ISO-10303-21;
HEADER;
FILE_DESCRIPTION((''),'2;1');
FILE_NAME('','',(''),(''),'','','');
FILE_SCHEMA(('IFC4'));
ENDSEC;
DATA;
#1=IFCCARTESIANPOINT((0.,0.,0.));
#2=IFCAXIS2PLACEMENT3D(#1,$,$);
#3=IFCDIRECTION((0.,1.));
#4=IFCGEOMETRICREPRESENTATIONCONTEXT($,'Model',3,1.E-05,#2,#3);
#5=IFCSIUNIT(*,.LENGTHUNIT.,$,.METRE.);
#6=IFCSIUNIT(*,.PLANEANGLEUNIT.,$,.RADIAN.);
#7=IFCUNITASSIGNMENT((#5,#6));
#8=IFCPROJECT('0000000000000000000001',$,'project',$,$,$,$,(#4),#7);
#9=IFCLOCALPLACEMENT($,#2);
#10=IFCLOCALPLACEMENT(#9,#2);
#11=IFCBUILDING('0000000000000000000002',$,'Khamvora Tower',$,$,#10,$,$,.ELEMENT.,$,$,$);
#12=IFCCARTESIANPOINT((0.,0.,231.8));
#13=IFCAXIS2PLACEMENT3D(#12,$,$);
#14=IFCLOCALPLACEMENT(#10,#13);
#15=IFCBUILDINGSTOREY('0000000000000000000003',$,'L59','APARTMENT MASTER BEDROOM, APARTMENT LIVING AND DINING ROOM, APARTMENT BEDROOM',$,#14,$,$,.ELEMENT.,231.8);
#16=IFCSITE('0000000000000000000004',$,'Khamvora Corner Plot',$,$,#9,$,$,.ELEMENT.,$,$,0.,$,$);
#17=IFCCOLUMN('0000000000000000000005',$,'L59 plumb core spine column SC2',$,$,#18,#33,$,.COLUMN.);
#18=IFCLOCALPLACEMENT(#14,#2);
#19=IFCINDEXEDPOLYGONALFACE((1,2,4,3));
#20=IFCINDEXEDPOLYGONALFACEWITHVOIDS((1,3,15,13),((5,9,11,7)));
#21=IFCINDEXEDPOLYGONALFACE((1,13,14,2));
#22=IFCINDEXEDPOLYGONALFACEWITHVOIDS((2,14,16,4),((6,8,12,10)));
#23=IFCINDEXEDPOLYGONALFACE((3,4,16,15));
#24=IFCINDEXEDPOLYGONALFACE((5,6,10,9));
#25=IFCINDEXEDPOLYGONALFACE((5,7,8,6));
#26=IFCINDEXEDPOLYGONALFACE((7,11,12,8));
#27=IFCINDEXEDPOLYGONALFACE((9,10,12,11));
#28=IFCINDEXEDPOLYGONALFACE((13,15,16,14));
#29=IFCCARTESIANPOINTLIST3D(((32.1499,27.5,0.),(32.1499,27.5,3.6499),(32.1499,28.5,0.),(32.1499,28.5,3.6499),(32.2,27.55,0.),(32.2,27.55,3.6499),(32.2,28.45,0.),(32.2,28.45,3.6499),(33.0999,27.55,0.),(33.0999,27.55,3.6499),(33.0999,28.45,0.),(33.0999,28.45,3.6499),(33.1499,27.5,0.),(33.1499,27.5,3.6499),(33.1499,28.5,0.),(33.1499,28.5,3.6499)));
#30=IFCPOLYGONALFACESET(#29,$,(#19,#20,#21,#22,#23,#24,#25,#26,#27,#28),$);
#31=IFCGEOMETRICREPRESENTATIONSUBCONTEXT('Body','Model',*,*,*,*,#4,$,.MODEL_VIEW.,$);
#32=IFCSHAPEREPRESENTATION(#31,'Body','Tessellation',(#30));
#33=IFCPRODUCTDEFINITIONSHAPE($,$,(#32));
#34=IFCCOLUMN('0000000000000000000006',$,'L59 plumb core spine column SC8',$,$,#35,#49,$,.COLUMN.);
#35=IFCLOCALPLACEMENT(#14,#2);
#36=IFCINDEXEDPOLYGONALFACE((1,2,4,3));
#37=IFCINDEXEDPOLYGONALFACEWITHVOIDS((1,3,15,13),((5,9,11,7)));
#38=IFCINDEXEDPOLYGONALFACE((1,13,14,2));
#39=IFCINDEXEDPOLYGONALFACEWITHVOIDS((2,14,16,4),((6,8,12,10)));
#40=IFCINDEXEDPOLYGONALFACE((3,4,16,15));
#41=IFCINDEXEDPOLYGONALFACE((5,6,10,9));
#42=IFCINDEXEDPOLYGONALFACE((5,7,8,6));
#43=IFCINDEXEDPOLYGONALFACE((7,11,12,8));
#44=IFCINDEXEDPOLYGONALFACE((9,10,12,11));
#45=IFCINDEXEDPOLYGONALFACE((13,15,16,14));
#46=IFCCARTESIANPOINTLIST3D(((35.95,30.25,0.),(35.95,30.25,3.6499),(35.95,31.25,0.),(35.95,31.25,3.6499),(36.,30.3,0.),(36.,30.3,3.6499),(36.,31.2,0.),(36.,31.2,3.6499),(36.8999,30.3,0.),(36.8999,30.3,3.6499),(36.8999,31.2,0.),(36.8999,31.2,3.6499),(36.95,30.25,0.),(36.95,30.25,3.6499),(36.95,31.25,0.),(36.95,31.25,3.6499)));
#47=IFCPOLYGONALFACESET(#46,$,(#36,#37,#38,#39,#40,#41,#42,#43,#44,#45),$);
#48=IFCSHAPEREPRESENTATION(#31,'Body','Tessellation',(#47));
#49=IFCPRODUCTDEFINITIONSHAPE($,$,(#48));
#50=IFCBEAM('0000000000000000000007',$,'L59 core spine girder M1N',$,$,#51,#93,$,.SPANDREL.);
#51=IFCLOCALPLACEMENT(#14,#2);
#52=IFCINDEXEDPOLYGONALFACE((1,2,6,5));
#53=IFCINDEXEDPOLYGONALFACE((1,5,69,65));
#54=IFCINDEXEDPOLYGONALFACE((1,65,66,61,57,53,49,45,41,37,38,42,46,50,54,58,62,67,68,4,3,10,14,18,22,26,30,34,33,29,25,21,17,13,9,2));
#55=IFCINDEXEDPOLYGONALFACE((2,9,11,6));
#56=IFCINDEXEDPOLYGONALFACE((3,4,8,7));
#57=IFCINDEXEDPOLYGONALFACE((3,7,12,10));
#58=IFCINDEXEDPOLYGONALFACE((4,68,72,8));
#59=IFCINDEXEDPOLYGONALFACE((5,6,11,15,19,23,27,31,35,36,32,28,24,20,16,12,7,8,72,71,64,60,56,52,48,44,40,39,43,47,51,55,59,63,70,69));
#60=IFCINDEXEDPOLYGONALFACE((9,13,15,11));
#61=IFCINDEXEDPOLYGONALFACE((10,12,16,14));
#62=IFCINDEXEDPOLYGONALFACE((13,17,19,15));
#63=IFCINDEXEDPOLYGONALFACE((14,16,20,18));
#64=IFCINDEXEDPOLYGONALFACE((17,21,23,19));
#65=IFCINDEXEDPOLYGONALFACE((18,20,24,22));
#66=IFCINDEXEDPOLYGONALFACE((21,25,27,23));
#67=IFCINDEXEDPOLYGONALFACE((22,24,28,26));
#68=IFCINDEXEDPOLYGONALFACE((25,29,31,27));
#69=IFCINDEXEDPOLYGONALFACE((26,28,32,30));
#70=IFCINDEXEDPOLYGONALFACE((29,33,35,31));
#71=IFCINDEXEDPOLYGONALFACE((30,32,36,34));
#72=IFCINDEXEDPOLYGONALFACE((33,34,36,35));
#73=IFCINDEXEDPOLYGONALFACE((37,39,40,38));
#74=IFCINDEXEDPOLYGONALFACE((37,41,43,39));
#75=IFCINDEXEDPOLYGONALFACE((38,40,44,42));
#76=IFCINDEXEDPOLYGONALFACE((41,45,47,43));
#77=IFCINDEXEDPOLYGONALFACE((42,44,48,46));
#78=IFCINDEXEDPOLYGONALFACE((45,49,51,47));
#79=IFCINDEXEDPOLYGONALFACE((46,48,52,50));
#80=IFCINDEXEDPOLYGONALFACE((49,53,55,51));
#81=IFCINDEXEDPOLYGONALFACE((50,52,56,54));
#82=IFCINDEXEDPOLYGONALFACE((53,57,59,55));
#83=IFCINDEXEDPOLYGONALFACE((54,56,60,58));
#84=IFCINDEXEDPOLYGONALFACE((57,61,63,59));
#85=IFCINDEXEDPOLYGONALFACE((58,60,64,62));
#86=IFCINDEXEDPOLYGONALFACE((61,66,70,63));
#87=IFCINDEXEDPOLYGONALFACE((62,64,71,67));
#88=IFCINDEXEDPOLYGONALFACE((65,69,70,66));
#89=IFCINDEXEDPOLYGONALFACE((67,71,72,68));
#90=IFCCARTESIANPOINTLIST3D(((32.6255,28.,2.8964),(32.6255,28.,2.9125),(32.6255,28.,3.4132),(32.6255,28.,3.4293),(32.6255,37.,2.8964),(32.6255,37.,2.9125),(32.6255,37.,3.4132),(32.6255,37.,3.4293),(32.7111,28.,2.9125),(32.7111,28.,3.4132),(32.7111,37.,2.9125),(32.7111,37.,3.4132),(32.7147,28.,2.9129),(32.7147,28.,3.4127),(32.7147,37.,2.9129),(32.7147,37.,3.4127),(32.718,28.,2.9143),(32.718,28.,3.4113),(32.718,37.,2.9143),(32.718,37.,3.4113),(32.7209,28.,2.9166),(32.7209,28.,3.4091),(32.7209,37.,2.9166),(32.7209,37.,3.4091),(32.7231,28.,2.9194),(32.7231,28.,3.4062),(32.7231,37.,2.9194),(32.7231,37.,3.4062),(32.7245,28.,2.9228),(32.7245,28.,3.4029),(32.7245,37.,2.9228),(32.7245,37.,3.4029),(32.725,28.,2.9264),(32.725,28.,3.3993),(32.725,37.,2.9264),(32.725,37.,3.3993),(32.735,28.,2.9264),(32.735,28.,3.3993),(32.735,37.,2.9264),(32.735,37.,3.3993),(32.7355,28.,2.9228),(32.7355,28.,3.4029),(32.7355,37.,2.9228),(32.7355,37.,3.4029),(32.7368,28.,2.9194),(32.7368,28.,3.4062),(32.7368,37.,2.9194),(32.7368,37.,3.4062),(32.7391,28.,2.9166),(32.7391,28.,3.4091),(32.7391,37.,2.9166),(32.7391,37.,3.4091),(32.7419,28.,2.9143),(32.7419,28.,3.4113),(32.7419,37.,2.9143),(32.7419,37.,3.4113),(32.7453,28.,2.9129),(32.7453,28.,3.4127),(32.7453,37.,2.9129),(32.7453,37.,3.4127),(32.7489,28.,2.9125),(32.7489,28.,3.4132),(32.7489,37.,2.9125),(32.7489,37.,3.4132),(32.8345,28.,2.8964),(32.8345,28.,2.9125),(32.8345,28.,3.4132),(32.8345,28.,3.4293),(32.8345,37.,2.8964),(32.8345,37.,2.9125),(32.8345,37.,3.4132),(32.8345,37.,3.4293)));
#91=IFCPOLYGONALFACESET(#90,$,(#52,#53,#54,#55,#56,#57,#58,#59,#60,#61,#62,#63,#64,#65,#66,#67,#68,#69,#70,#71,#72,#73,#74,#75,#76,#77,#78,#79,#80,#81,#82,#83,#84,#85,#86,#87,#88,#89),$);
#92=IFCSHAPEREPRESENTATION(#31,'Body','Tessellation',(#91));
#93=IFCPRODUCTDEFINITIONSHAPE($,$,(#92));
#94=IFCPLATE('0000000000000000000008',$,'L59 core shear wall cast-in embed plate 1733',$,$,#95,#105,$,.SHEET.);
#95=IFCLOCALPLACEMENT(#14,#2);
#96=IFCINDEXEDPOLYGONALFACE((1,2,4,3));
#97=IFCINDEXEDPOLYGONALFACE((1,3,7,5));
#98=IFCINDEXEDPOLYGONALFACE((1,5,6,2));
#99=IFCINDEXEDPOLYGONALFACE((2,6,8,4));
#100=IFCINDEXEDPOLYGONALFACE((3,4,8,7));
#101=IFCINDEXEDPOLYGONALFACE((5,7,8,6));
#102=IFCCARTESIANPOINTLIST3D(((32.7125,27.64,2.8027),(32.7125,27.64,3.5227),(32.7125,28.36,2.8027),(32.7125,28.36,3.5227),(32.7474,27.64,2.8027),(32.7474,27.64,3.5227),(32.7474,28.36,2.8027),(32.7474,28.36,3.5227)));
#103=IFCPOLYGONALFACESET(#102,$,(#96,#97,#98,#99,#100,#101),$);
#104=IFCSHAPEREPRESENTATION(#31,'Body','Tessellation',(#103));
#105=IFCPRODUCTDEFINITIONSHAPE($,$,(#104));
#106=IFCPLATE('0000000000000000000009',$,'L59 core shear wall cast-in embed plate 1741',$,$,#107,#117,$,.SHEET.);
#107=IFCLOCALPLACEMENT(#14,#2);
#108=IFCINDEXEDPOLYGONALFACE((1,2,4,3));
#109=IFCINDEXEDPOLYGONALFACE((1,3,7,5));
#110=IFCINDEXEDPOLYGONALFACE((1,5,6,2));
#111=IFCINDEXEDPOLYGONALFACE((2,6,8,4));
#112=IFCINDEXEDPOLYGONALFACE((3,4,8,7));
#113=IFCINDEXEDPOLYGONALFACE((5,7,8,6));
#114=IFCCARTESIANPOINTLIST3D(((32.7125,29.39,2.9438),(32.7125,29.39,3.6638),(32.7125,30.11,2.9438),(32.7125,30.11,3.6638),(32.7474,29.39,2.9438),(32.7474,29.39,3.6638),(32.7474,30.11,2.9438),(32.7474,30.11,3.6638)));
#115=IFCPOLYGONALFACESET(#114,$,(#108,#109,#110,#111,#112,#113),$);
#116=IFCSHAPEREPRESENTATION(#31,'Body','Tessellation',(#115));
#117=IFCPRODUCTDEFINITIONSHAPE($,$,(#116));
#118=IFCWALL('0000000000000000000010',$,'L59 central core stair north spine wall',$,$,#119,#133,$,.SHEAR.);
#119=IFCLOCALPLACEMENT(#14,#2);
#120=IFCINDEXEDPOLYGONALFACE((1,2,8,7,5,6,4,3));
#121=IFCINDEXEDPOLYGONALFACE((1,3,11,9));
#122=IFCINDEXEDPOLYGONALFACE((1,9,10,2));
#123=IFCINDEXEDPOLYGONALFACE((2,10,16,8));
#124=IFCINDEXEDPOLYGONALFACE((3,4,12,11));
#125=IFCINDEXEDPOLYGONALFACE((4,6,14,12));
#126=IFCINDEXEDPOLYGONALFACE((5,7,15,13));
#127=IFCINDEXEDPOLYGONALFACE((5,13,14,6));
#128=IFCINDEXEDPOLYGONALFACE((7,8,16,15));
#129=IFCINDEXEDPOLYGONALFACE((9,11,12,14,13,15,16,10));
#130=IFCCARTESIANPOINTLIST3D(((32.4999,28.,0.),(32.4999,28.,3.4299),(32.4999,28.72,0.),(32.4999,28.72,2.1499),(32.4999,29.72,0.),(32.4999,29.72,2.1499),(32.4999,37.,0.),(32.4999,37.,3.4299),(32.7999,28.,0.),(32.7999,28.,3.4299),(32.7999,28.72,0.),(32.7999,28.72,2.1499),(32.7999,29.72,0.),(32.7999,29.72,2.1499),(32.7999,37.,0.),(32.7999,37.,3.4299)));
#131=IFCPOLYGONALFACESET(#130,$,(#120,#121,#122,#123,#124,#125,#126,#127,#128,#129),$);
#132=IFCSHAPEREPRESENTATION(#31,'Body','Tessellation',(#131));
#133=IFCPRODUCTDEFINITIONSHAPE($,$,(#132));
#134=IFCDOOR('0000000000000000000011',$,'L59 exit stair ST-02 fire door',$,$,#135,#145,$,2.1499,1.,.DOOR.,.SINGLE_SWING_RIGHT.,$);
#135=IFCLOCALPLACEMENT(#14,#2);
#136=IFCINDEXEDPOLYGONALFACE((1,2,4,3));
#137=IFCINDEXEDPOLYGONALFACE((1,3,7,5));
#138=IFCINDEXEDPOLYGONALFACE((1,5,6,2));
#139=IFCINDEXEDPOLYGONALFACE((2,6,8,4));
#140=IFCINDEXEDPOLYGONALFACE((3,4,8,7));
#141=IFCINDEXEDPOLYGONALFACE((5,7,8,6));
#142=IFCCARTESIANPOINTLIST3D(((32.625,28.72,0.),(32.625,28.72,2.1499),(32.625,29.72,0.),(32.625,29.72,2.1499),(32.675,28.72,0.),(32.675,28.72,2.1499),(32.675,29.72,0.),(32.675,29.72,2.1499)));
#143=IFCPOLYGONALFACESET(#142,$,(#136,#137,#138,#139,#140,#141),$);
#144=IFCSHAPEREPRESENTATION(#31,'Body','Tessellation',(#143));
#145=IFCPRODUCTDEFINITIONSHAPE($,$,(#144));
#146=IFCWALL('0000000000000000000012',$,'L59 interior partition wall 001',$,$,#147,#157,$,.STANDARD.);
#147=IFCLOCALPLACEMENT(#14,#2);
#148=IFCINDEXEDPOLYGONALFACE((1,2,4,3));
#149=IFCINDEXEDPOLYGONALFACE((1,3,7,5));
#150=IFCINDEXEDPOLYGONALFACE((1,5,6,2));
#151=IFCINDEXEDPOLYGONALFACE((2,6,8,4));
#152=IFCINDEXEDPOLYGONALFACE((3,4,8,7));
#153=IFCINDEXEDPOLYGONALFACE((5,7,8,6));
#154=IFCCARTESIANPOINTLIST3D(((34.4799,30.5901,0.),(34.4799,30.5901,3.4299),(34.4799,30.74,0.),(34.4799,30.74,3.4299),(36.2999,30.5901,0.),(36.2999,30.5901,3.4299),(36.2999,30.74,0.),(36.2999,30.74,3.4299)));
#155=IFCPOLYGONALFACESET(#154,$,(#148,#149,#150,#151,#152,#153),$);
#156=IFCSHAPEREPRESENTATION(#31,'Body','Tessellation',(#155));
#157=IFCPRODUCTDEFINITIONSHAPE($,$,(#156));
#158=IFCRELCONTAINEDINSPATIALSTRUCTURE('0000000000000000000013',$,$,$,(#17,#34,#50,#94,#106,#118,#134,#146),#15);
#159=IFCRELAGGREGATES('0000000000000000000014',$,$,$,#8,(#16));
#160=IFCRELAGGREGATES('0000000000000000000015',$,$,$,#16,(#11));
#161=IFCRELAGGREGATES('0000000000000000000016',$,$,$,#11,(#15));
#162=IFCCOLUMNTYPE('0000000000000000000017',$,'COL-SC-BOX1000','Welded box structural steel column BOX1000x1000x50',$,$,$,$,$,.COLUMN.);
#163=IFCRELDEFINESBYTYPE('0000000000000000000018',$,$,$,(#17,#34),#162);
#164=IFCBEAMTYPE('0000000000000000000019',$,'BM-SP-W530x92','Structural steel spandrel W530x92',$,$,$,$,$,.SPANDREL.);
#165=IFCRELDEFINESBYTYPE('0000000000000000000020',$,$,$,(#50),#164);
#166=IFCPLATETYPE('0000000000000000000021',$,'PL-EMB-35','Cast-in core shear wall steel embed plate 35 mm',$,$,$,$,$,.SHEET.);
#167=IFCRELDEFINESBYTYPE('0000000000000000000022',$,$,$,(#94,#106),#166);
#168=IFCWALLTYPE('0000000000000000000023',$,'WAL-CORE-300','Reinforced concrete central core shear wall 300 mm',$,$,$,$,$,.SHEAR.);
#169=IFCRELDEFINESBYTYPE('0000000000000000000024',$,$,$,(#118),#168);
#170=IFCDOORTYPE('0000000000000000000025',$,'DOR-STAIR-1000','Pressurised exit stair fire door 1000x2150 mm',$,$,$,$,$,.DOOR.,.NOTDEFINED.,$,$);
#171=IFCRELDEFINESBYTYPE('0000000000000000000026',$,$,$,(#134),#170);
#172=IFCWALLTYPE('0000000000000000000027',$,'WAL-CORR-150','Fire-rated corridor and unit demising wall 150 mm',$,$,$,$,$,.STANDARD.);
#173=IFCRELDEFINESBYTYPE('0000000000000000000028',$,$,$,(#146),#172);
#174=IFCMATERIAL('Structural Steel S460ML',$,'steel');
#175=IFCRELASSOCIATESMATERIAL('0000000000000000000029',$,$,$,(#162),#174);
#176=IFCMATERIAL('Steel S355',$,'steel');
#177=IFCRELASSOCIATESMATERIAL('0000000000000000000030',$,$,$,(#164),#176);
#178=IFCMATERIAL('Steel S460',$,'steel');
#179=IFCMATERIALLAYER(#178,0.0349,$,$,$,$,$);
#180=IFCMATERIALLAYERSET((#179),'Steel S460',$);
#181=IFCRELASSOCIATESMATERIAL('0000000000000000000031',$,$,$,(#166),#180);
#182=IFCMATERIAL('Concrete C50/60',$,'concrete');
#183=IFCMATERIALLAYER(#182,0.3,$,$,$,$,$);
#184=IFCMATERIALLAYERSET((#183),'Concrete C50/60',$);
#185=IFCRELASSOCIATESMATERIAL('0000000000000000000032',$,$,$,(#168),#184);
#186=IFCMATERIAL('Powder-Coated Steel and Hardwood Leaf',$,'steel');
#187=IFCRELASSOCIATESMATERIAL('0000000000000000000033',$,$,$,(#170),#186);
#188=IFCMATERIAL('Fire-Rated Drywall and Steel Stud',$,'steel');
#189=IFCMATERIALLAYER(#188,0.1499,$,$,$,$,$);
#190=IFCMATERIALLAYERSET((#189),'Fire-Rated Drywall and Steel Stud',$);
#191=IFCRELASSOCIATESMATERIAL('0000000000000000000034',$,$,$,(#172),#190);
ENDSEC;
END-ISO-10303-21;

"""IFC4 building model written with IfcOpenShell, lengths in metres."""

from ifc_helpers import new_model, si_unit, direction, frame, frame_2d, origin, origin_2d, place, context, subcontext, project, spatial, rectangle, hollow_rectangle, i_section, extrude, material, layer, layer_set, material_profile, profile_set, type_object, element, fill, save


model = new_model("IFC4")

# Units and contexts
model_context = context("Model", 3, precision=1e-05, world=origin(), true_north=direction((0.0, 1.0)))
body_context = subcontext(model_context, "Body", "Model", "MODEL_VIEW")
ifc_project = project(units=[si_unit("LENGTHUNIT", "METRE"), si_unit("PLANEANGLEUNIT", "RADIAN")], contexts=[model_context])

# Site, building, storey
site_placement = place(None, origin())
site = spatial("IfcSite", under=ifc_project, at=site_placement, Name="Khamvora Corner Plot", CompositionType="ELEMENT", RefElevation=0.0)
building_placement = place(site_placement, origin())
building = spatial("IfcBuilding", under=site, at=building_placement, Name="Khamvora Tower", CompositionType="ELEMENT")
storey_placement = place(building_placement, frame((0.0, 0.0, 231.8)))
storey = spatial("IfcBuildingStorey", under=building, at=storey_placement, Name="L59", Description="APARTMENT MASTER BEDROOM, APARTMENT LIVING AND DINING ROOM, APARTMENT BEDROOM", CompositionType="ELEMENT", Elevation=231.8)

# Columns
ifc_material_1 = material(Name="Structural Steel S460ML", Category="steel")
ifc_material_profile_1 = material_profile(ifc_material_1, hollow_rectangle(XDim=1.0, YDim=1.0, WallThickness=0.05, at=origin_2d()), Name="BOX1000x1000x50")
ifc_profile_set_1 = profile_set([ifc_material_profile_1], Name="Structural Steel S460ML")
column_type = type_object("IfcColumnType", Name="COL-SC-BOX1000", Description="Welded box structural steel column BOX1000x1000x50", PredefinedType="COLUMN", material=ifc_profile_set_1)
for number, where, z_axis, x_axis, name in (
    (1, (32.6499, 28.0, 0.0), (0.0, 0.0, 1.0), (1.0, 0.0, 0.0), "L59 plumb core spine column SC2"),
    (2, (36.45, 30.75, 0.0), (0.0, 0.0, 1.0), (1.0, 0.0, 0.0), "L59 plumb core spine column SC8"),
):
    element("IfcColumn", number, at=place(storey_placement, frame(where, z_axis=z_axis, x_axis=x_axis)), inside=storey, type_object=column_type, Name=name, PredefinedType="COLUMN", context=body_context, shape_type="SweptSolid", body=[
        extrude(hollow_rectangle(XDim=1.0, YDim=1.0, WallThickness=0.05, at=origin_2d()), origin(), (0.0, 0.0, 1.0), 3.6499),
    ])

# Beam
ifc_material_2 = material(Name="Steel S355", Category="steel")
ifc_material_profile_2 = material_profile(ifc_material_2, i_section(OverallWidth=0.209, OverallDepth=0.533, WebThickness=0.01, FlangeThickness=0.0161, FilletRadius=0.0139, at=origin_2d()), Name="W530x92")
ifc_profile_set_2 = profile_set([ifc_material_profile_2], Name="Steel S355")
beam_type = type_object("IfcBeamType", Name="BM-SP-W530x92", Description="Structural steel spandrel W530x92", PredefinedType="SPANDREL", material=ifc_profile_set_2)
beam_placement = place(storey_placement, frame((32.73, 28.0, 3.1628), z_axis=(0.0, 1.0, 0.0), x_axis=(-1.0, 0.0, 0.0)))
element("IfcBeam", 3, at=beam_placement, inside=storey, type_object=beam_type, Name="L59 core spine girder M1N", PredefinedType="SPANDREL", context=body_context, shape_type="SweptSolid", body=[
    extrude(i_section(OverallWidth=0.209, OverallDepth=0.533, WebThickness=0.01, FlangeThickness=0.0161, FilletRadius=0.0139, at=origin_2d()), origin(), (0.0, 0.0, 1.0), 9.0),
])

# Plates
ifc_material_3 = material(Name="Steel S460", Category="steel")
ifc_layer_1 = layer(ifc_material_3, 0.0349)
ifc_layer_set_1 = layer_set([ifc_layer_1], Name="Steel S460")
plate_type = type_object("IfcPlateType", Name="PL-EMB-35", Description="Cast-in core shear wall steel embed plate 35 mm", PredefinedType="SHEET", material=ifc_layer_set_1)
for number, where, z_axis, x_axis, name in (
    (4, (32.73, 28.0, 2.8027), (0.0, 0.0, 1.0), (1.0, 0.0, 0.0), "L59 core shear wall cast-in embed plate 1733"),
    (5, (32.73, 29.75, 2.9438), (0.0, 0.0, 1.0), (1.0, 0.0, 0.0), "L59 core shear wall cast-in embed plate 1741"),
):
    element("IfcPlate", number, at=place(storey_placement, frame(where, z_axis=z_axis, x_axis=x_axis)), inside=storey, type_object=plate_type, Name=name, PredefinedType="SHEET", context=body_context, shape_type="SweptSolid", body=[
        extrude(rectangle(XDim=0.0349, YDim=0.72, at=origin_2d()), origin(), (0.0, 0.0, 1.0), 0.72),
    ])

# Wall, opening, door
ifc_material_4 = material(Name="Concrete C50/60", Category="concrete")
ifc_layer_2 = layer(ifc_material_4, 0.3)
ifc_layer_set_2 = layer_set([ifc_layer_2], Name="Concrete C50/60")
wall_type_1 = type_object("IfcWallType", Name="WAL-CORE-300", Description="Reinforced concrete central core shear wall 300 mm", PredefinedType="SHEAR", material=ifc_layer_set_2)
wall_1_placement = place(storey_placement, frame((32.6499, 28.0, 0.0), z_axis=(0.0, 0.0, 1.0), x_axis=(0.0, 1.0, 0.0)))
wall_1 = element("IfcWall", 6, at=wall_1_placement, inside=storey, type_object=wall_type_1, Name="L59 central core stair north spine wall", PredefinedType="SHEAR", context=body_context, shape_type="SweptSolid", body=[
    extrude(rectangle(XDim=9.0, YDim=0.3, at=frame_2d((4.5, 0.0))), origin(), (0.0, 0.0, 1.0), 3.4299),
])
opening_1_placement = place(wall_1_placement, frame((0.72, 0.0, 0.0)))
opening_1 = element("IfcOpeningElement", 7, at=opening_1_placement, cuts=wall_1, PredefinedType="OPENING", context=body_context, shape_type="SweptSolid", body=[
    extrude(rectangle(XDim=1.0, YDim=2.1499, at=frame_2d((0.5, 1.075))), frame((0.0, 0.1599, 0.0), z_axis=(0.0, -1.0, 0.0), x_axis=(1.0, 0.0, 0.0)), (0.0, 0.0, 1.0), 0.3201),
])
ifc_material_5 = material(Name="Powder-Coated Steel and Hardwood Leaf", Category="steel")
door_type_1 = type_object("IfcDoorType", Name="DOR-STAIR-1000", Description="Pressurised exit stair fire door 1000x2150 mm", OperationType="NOTDEFINED", PredefinedType="DOOR", material=ifc_material_5)
door_1_placement = place(opening_1_placement, origin())
door_1 = element("IfcDoor", 8, at=door_1_placement, inside=storey, type_object=door_type_1, Name="L59 exit stair ST-02 fire door", OperationType="SINGLE_SWING_RIGHT", OverallHeight=2.1499, OverallWidth=1.0, PredefinedType="DOOR", context=body_context, shape_type="SweptSolid", body=[
    extrude(rectangle(XDim=1.0, YDim=2.1499, at=frame_2d((0.5, 1.075))), frame((0.0, 0.0249, 0.0), z_axis=(0.0, -1.0, 0.0), x_axis=(1.0, 0.0, 0.0)), (0.0, 0.0, 1.0), 0.05),
])
fill(opening_1, door_1)

# Wall
ifc_material_6 = material(Name="Fire-Rated Drywall and Steel Stud", Category="steel")
ifc_layer_3 = layer(ifc_material_6, 0.1499)
ifc_layer_set_3 = layer_set([ifc_layer_3], Name="Fire-Rated Drywall and Steel Stud")
wall_type_2 = type_object("IfcWallType", Name="WAL-CORR-150", Description="Fire-rated corridor and unit demising wall 150 mm", PredefinedType="STANDARD", material=ifc_layer_set_3)
wall_2_placement = place(storey_placement, frame((36.3, 30.665, 0.0), z_axis=(0.0, 0.0, 1.0), x_axis=(-1.0, 0.0, 0.0)))
element("IfcWall", 9, at=wall_2_placement, inside=storey, type_object=wall_type_2, Name="L59 interior partition wall 001", PredefinedType="STANDARD", context=body_context, shape_type="SweptSolid", body=[
    extrude(rectangle(XDim=1.8201, YDim=0.1499, at=frame_2d((0.9102, 0.0))), origin(), (0.0, 0.0, 1.0), 3.4299),
])

save(model, "model.ifc")
